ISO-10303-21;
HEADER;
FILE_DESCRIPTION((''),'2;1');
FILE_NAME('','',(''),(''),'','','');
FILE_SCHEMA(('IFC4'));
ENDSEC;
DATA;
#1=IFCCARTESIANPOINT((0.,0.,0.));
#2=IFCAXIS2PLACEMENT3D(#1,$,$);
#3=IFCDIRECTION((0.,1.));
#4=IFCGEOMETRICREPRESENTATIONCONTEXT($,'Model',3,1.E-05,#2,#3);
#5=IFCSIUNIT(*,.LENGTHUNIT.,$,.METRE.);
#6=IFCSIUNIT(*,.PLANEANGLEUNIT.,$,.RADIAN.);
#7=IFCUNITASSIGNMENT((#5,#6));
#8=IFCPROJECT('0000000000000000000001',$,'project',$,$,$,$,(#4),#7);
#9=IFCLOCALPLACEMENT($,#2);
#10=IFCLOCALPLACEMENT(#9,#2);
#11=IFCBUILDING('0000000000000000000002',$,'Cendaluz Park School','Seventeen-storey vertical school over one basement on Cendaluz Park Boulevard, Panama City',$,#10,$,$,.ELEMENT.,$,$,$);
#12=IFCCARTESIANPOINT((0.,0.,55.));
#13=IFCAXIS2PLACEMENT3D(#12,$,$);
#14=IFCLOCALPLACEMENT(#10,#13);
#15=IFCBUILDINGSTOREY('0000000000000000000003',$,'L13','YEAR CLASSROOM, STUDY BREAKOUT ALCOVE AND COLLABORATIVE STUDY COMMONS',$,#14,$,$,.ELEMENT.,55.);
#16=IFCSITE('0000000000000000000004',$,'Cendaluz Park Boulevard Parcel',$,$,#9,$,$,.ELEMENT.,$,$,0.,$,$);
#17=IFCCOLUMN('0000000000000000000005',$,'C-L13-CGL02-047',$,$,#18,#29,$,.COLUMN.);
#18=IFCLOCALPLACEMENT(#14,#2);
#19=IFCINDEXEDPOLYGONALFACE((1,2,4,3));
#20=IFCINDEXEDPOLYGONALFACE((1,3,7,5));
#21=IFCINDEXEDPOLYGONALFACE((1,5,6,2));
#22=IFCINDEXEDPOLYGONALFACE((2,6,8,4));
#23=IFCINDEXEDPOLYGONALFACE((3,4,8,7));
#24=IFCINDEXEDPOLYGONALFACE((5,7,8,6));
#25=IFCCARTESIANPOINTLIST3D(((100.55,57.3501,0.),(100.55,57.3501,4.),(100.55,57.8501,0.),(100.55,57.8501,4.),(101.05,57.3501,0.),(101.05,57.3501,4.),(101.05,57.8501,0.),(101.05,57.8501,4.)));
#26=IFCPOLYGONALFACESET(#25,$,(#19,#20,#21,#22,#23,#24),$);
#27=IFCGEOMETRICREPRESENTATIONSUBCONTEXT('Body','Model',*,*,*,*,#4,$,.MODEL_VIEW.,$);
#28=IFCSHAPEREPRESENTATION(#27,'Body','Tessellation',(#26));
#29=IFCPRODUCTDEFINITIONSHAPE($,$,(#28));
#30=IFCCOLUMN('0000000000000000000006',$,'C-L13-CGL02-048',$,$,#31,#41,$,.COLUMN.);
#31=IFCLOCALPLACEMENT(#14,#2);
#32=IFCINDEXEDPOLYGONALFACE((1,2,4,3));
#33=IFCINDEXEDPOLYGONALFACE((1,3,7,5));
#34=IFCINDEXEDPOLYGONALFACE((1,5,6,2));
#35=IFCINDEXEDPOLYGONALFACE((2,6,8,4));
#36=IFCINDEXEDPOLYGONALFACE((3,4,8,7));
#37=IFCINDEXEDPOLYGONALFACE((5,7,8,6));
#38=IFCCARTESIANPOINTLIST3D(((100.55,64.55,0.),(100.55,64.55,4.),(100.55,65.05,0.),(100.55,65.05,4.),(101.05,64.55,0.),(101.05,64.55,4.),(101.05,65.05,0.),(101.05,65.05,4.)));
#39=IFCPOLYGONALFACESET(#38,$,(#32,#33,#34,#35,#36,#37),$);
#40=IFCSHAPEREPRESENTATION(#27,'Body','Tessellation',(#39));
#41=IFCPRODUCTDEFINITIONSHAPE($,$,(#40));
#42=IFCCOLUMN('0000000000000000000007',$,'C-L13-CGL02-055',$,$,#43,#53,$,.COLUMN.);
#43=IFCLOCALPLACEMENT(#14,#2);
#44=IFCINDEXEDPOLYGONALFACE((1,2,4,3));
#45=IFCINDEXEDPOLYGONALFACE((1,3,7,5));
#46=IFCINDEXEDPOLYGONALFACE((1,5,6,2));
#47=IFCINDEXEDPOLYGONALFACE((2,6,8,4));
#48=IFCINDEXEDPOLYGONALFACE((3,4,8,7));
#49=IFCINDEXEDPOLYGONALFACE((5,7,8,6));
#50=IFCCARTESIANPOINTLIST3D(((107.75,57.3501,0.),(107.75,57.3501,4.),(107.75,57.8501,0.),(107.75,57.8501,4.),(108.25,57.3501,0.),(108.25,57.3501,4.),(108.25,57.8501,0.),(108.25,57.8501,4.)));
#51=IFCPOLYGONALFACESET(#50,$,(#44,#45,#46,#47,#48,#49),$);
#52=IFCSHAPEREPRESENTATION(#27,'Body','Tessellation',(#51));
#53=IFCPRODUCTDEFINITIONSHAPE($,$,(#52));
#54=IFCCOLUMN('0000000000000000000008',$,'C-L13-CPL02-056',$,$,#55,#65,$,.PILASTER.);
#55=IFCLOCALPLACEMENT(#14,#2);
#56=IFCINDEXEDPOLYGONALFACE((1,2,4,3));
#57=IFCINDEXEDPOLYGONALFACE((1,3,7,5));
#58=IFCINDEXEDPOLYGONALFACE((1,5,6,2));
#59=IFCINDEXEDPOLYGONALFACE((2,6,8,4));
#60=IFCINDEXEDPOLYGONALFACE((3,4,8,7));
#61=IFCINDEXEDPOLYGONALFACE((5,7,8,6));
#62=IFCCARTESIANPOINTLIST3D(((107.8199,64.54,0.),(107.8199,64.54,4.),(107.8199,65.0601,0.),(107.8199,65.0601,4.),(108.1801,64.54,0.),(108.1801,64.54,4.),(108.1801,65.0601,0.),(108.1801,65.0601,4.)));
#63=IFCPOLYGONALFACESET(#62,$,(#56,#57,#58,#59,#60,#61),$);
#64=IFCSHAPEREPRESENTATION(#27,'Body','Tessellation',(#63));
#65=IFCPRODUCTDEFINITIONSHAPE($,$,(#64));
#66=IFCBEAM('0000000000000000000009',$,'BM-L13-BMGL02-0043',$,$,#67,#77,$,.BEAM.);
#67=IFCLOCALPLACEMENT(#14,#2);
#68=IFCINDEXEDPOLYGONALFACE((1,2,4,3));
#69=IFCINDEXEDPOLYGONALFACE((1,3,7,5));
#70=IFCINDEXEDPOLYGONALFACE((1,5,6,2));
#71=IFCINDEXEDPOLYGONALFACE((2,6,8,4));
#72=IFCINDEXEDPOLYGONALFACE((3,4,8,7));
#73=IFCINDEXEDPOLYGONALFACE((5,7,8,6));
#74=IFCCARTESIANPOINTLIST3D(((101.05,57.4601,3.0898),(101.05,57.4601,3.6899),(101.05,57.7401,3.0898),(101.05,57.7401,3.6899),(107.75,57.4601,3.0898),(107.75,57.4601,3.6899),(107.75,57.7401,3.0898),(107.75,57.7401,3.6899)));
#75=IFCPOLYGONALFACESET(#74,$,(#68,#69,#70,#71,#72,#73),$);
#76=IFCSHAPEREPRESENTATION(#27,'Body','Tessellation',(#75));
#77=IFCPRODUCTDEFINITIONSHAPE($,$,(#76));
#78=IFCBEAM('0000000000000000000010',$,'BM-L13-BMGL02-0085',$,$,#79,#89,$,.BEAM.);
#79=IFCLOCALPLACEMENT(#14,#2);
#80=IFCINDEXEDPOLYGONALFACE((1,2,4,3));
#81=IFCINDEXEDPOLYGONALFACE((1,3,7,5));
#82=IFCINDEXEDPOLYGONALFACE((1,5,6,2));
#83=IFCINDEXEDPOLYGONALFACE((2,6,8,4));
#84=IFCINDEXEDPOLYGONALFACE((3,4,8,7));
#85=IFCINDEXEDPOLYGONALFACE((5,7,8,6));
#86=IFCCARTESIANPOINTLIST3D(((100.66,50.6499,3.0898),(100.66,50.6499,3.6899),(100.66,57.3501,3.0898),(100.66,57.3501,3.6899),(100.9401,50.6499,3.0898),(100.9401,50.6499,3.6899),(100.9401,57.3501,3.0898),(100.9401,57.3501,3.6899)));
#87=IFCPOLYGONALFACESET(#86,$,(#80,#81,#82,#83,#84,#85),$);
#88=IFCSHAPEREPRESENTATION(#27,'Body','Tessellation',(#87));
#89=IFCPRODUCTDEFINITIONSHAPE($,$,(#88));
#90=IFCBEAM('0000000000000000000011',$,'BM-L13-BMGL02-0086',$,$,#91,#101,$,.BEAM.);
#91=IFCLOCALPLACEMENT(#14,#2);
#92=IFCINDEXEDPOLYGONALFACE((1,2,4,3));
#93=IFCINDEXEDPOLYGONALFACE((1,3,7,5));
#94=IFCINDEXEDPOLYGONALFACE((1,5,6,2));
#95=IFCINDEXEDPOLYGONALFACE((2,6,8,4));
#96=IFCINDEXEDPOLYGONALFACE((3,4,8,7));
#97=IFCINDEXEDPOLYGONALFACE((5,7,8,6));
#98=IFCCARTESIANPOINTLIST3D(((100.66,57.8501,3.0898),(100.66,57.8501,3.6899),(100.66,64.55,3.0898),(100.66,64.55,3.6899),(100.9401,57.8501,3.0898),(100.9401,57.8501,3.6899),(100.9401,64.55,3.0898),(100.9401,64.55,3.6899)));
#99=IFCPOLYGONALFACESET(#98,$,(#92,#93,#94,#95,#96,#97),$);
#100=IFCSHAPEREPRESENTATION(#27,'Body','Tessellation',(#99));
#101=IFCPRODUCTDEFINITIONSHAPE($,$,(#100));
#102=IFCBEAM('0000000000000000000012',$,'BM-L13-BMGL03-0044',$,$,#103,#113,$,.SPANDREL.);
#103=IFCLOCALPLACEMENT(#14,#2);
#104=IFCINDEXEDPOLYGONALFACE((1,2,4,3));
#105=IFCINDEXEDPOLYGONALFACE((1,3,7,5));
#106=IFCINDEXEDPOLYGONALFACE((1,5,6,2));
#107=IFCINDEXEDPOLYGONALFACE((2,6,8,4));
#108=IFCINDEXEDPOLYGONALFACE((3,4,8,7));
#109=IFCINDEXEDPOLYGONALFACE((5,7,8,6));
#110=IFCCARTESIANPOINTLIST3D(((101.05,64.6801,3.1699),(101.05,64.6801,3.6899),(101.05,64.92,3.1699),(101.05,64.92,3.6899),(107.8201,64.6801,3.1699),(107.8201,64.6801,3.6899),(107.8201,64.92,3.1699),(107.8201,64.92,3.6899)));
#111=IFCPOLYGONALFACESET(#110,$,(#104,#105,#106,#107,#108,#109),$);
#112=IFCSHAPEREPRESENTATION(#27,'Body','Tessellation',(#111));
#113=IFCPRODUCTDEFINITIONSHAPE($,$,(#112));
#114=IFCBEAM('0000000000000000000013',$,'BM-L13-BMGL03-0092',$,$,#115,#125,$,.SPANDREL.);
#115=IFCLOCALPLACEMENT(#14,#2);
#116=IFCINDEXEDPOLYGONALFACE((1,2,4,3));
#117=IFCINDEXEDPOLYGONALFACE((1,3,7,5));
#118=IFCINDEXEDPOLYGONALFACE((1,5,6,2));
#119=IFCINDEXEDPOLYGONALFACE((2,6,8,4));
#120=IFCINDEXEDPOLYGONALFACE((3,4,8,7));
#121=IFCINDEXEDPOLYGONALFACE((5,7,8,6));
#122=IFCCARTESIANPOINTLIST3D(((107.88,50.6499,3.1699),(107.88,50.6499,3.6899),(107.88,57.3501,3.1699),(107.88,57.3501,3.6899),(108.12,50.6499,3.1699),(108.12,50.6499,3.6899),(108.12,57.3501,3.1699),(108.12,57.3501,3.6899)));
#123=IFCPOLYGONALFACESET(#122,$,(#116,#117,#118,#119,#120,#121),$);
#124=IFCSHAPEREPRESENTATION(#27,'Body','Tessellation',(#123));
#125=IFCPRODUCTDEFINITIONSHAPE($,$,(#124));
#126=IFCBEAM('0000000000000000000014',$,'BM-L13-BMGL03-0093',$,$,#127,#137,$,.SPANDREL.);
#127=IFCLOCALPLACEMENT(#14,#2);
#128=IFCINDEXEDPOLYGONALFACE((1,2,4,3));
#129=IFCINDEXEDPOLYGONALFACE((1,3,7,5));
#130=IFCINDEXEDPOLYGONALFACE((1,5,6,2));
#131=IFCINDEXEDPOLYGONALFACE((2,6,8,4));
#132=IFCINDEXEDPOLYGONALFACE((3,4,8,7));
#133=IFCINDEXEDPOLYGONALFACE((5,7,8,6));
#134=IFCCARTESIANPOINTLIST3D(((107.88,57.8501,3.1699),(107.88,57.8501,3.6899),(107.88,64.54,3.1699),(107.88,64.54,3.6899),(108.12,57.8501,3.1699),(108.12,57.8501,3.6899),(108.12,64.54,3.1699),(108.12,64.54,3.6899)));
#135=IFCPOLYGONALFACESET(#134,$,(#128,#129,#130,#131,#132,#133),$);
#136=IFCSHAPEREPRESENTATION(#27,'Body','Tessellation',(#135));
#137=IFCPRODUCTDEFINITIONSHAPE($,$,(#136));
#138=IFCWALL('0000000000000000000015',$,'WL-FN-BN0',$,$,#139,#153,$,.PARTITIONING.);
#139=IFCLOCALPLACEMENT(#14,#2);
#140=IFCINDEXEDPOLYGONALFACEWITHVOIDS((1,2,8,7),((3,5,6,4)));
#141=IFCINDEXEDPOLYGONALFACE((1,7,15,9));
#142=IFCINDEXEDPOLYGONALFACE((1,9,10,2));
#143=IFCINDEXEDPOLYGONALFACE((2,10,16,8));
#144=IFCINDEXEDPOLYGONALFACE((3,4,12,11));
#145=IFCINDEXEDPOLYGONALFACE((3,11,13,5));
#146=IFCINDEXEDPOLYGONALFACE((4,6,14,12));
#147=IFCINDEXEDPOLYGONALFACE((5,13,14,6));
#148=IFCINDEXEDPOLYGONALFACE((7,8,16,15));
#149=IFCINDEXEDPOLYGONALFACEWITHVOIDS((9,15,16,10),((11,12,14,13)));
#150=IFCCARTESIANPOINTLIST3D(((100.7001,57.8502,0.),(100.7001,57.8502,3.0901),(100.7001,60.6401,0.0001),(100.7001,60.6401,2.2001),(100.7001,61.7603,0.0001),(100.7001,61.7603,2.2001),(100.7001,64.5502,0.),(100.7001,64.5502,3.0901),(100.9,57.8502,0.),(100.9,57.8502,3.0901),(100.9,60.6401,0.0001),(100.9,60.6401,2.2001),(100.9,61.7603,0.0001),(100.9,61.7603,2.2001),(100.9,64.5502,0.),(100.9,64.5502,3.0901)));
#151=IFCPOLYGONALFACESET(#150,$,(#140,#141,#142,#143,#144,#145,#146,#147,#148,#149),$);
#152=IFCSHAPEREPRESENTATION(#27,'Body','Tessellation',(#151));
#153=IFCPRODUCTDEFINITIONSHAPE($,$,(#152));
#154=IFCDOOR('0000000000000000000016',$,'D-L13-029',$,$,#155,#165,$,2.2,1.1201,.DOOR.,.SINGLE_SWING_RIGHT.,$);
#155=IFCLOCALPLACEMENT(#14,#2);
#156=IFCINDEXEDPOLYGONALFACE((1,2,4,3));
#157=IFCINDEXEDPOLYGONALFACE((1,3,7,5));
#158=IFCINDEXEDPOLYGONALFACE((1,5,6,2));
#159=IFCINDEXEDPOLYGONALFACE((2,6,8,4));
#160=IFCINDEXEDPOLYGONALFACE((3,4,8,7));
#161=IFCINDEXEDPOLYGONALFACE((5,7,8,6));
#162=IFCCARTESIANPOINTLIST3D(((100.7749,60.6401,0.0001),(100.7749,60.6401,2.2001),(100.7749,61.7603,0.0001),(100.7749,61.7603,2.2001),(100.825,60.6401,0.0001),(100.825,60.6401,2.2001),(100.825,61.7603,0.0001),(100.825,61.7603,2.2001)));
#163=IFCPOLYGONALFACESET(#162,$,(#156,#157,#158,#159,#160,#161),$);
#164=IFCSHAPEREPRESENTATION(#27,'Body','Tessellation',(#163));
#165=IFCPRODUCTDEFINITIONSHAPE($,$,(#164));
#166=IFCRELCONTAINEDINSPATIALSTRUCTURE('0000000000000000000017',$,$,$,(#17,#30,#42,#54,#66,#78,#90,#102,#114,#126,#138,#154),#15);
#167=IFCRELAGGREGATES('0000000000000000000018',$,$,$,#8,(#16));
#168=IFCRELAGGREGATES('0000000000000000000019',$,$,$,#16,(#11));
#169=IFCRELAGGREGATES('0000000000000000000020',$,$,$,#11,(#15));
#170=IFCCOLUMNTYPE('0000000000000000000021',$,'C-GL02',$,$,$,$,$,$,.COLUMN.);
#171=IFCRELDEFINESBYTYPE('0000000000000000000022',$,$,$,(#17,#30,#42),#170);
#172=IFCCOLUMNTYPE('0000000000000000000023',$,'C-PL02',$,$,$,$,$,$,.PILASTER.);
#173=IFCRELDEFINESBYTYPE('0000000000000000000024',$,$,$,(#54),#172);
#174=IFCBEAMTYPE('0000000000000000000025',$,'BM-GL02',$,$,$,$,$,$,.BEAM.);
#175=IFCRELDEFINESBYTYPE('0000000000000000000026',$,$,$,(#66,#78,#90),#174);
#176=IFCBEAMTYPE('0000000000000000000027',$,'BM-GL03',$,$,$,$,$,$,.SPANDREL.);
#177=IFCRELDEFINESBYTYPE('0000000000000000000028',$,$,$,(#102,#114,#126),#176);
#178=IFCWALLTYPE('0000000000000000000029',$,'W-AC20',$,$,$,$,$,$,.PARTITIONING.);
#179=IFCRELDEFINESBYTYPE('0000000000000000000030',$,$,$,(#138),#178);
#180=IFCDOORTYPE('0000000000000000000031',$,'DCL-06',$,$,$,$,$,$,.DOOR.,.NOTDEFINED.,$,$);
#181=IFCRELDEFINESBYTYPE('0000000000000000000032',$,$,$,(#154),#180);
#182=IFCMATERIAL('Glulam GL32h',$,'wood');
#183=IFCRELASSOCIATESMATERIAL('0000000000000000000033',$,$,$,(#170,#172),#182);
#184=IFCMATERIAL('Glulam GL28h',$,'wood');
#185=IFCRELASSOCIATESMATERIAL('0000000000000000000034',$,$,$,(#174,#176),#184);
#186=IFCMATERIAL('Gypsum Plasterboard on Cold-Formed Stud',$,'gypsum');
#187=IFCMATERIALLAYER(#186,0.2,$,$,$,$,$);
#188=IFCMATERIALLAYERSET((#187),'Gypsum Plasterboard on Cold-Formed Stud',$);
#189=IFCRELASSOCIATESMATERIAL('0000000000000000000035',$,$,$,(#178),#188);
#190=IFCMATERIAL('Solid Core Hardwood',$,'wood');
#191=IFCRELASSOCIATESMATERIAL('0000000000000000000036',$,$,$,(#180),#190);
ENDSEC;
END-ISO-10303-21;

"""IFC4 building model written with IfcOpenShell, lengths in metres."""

from ifc_helpers import new_model, si_unit, direction, frame, frame_2d, origin, origin_2d, place, context, subcontext, project, spatial, rectangle, extrude, material, layer, layer_set, material_profile, profile_set, type_object, element, fill, save


model = new_model("IFC4")

# Units and contexts
model_context = context("Model", 3, precision=1e-05, world=origin(), true_north=direction((0.0, 1.0)))
body_context = subcontext(model_context, "Body", "Model", "MODEL_VIEW")
ifc_project = project(units=[si_unit("LENGTHUNIT", "METRE"), si_unit("PLANEANGLEUNIT", "RADIAN")], contexts=[model_context])

# Site, building, storey
site_placement = place(None, origin())
site = spatial("IfcSite", under=ifc_project, at=site_placement, Name="Cendaluz Park Boulevard Parcel", CompositionType="ELEMENT", RefElevation=0.0)
building_placement = place(site_placement, origin())
building = spatial("IfcBuilding", under=site, at=building_placement, Name="Cendaluz Park School", Description="Seventeen-storey vertical school over one basement on Cendaluz Park Boulevard, Panama City", CompositionType="ELEMENT")
storey_placement = place(building_placement, frame((0.0, 0.0, 55.0)))
storey = spatial("IfcBuildingStorey", under=building, at=storey_placement, Name="L13", Description="YEAR CLASSROOM, STUDY BREAKOUT ALCOVE AND COLLABORATIVE STUDY COMMONS", CompositionType="ELEMENT", Elevation=55.0)

# Columns
ifc_material_1 = material(Name="Glulam GL32h", Category="wood")
ifc_material_profile_1 = material_profile(ifc_material_1, rectangle(XDim=0.5, YDim=0.5, at=origin_2d()), Name="GL32h 500x500", Category="wood")
ifc_profile_set_1 = profile_set([ifc_material_profile_1], Name="Glulam GL32h")
column_type_1 = type_object("IfcColumnType", Name="C-GL02", PredefinedType="COLUMN", material=ifc_profile_set_1)
for number, where, z_axis, x_axis, name in (
    (1, (100.8, 57.6001, 0.0), (0.0, 0.0, 1.0), (1.0, 0.0, 0.0), "C-L13-CGL02-047"),
    (2, (100.8, 64.8, 0.0), (0.0, 0.0, 1.0), (1.0, 0.0, 0.0), "C-L13-CGL02-048"),
    (3, (108.0, 57.6001, 0.0), (0.0, 0.0, 1.0), (1.0, 0.0, 0.0), "C-L13-CGL02-055"),
):
    element("IfcColumn", number, at=place(storey_placement, frame(where, z_axis=z_axis, x_axis=x_axis)), inside=storey, type_object=column_type_1, Name=name, PredefinedType="COLUMN", context=body_context, shape_type="SweptSolid", body=[
        extrude(rectangle(XDim=0.5, YDim=0.5, at=origin_2d()), origin(), (0.0, 0.0, 1.0), 4.0),
    ])
ifc_material_profile_2 = material_profile(ifc_material_1, rectangle(XDim=0.3601, YDim=0.52, at=origin_2d()), Name="GL32h 360x520", Category="wood")
ifc_profile_set_2 = profile_set([ifc_material_profile_2], Name="Glulam GL32h")
column_type_2 = type_object("IfcColumnType", Name="C-PL02", PredefinedType="PILASTER", material=ifc_profile_set_2)
column_placement = place(storey_placement, frame((108.0, 64.8, 0.0), z_axis=(0.0, 0.0, 1.0), x_axis=(1.0, 0.0, 0.0)))
element("IfcColumn", 4, at=column_placement, inside=storey, type_object=column_type_2, Name="C-L13-CPL02-056", PredefinedType="PILASTER", context=body_context, shape_type="SweptSolid", body=[
    extrude(rectangle(XDim=0.3601, YDim=0.52, at=origin_2d()), origin(), (0.0, 0.0, 1.0), 4.0),
])

# Beams
ifc_material_2 = material(Name="Glulam GL28h", Category="wood")
ifc_material_profile_3 = material_profile(ifc_material_2, rectangle(XDim=0.28, YDim=0.6001, at=origin_2d()), Name="GL28h 280x600", Category="wood")
ifc_profile_set_3 = profile_set([ifc_material_profile_3], Name="Glulam GL28h")
beam_type_1 = type_object("IfcBeamType", Name="BM-GL02", PredefinedType="BEAM", material=ifc_profile_set_3)
beam_1_placement = place(storey_placement, frame((101.05, 57.6001, 3.3899), z_axis=(1.0, 0.0, 0.0), x_axis=(0.0, 1.0, 0.0)))
element("IfcBeam", 5, at=beam_1_placement, inside=storey, type_object=beam_type_1, Name="BM-L13-BMGL02-0043", PredefinedType="BEAM", context=body_context, shape_type="SweptSolid", body=[
    extrude(rectangle(XDim=0.28, YDim=0.6001, at=origin_2d()), origin(), (0.0, 0.0, 1.0), 6.7),
])
beam_2_placement = place(storey_placement, frame((100.8, 50.6499, 3.3899), z_axis=(0.0, 1.0, 0.0), x_axis=(-1.0, 0.0, 0.0)))
element("IfcBeam", 6, at=beam_2_placement, inside=storey, type_object=beam_type_1, Name="BM-L13-BMGL02-0085", PredefinedType="BEAM", context=body_context, shape_type="SweptSolid", body=[
    extrude(rectangle(XDim=0.28, YDim=0.6001, at=origin_2d()), origin(), (0.0, 0.0, 1.0), 6.7002),
])
beam_3_placement = place(storey_placement, frame((100.8, 57.8501, 3.3899), z_axis=(0.0, 1.0, 0.0), x_axis=(-1.0, 0.0, 0.0)))
element("IfcBeam", 7, at=beam_3_placement, inside=storey, type_object=beam_type_1, Name="BM-L13-BMGL02-0086", PredefinedType="BEAM", context=body_context, shape_type="SweptSolid", body=[
    extrude(rectangle(XDim=0.28, YDim=0.6001, at=origin_2d()), origin(), (0.0, 0.0, 1.0), 6.7),
])
ifc_material_profile_4 = material_profile(ifc_material_2, rectangle(XDim=0.24, YDim=0.52, at=origin_2d()), Name="GL28h 240x520", Category="wood")
ifc_profile_set_4 = profile_set([ifc_material_profile_4], Name="Glulam GL28h")
beam_type_2 = type_object("IfcBeamType", Name="BM-GL03", PredefinedType="SPANDREL", material=ifc_profile_set_4)
beam_4_placement = place(storey_placement, frame((101.05, 64.8, 3.4299), z_axis=(1.0, 0.0, 0.0), x_axis=(0.0, 1.0, 0.0)))
element("IfcBeam", 8, at=beam_4_placement, inside=storey, type_object=beam_type_2, Name="BM-L13-BMGL03-0044", PredefinedType="SPANDREL", context=body_context, shape_type="SweptSolid", body=[
    extrude(rectangle(XDim=0.24, YDim=0.52, at=origin_2d()), origin(), (0.0, 0.0, 1.0), 6.77),
])
beam_5_placement = place(storey_placement, frame((108.0, 50.6499, 3.4299), z_axis=(0.0, 1.0, 0.0), x_axis=(-1.0, 0.0, 0.0)))
element("IfcBeam", 9, at=beam_5_placement, inside=storey, type_object=beam_type_2, Name="BM-L13-BMGL03-0092", PredefinedType="SPANDREL", context=body_context, shape_type="SweptSolid", body=[
    extrude(rectangle(XDim=0.24, YDim=0.52, at=origin_2d()), origin(), (0.0, 0.0, 1.0), 6.7002),
])
beam_6_placement = place(storey_placement, frame((108.0, 57.8501, 3.4299), z_axis=(0.0, 1.0, 0.0), x_axis=(-1.0, 0.0, 0.0)))
element("IfcBeam", 10, at=beam_6_placement, inside=storey, type_object=beam_type_2, Name="BM-L13-BMGL03-0093", PredefinedType="SPANDREL", context=body_context, shape_type="SweptSolid", body=[
    extrude(rectangle(XDim=0.24, YDim=0.52, at=origin_2d()), origin(), (0.0, 0.0, 1.0), 6.6899),
])

# Wall, opening, door
ifc_material_3 = material(Name="Gypsum Plasterboard on Cold-Formed Stud", Category="gypsum")
ifc_layer_1 = layer(ifc_material_3, 0.2)
ifc_layer_set_1 = layer_set([ifc_layer_1], Name="Gypsum Plasterboard on Cold-Formed Stud")
wall_type_1 = type_object("IfcWallType", Name="W-AC20", PredefinedType="PARTITIONING", material=ifc_layer_set_1)
wall_1_placement = place(storey_placement, frame((100.8, 57.8501, 0.0), z_axis=(0.0, 0.0, 1.0), x_axis=(0.0, 1.0, 0.0)))
wall_1 = element("IfcWall", 11, at=wall_1_placement, inside=storey, type_object=wall_type_1, Name="WL-FN-BN0", PredefinedType="PARTITIONING", context=body_context, shape_type="SweptSolid", body=[
    extrude(rectangle(XDim=6.7, YDim=0.2, at=frame_2d((3.3501, 0.0))), origin(), (0.0, 0.0, 1.0), 3.0901),
])
opening_1_placement = place(wall_1_placement, frame((2.79, 0.0, 0.0)))
opening_1 = element("IfcOpeningElement", 12, at=opening_1_placement, cuts=wall_1, PredefinedType="OPENING", context=body_context, shape_type="SweptSolid", body=[
    extrude(rectangle(XDim=1.1201, YDim=2.2, at=frame_2d((0.5601, 1.1001))), frame((0.0, 0.1121, 0.0), z_axis=(0.0, -1.0, 0.0), x_axis=(1.0, 0.0, 0.0)), (0.0, 0.0, 1.0), 0.2239),
])
ifc_material_4 = material(Name="Solid Core Hardwood", Category="wood")
door_type_1 = type_object("IfcDoorType", Name="DCL-06", OperationType="NOTDEFINED", PredefinedType="DOOR", material=ifc_material_4)
door_1_placement = place(opening_1_placement, frame((1.1201, 0.0, 0.0), z_axis=(0.0, 0.0, 1.0), x_axis=(-1.0, 0.0, 0.0)))
door_1 = element("IfcDoor", 13, at=door_1_placement, inside=storey, type_object=door_type_1, Name="D-L13-029", OperationType="SINGLE_SWING_RIGHT", OverallHeight=2.2, OverallWidth=1.1201, PredefinedType="DOOR", context=body_context, shape_type="SweptSolid", body=[
    extrude(rectangle(XDim=1.1201, YDim=2.2, at=frame_2d((0.5601, 1.1001))), frame((0.0, 0.0249, 0.0), z_axis=(0.0, -1.0, 0.0), x_axis=(1.0, 0.0, 0.0)), (0.0, 0.0, 1.0), 0.05),
])
fill(opening_1, door_1)

save(model, "model.ifc")
